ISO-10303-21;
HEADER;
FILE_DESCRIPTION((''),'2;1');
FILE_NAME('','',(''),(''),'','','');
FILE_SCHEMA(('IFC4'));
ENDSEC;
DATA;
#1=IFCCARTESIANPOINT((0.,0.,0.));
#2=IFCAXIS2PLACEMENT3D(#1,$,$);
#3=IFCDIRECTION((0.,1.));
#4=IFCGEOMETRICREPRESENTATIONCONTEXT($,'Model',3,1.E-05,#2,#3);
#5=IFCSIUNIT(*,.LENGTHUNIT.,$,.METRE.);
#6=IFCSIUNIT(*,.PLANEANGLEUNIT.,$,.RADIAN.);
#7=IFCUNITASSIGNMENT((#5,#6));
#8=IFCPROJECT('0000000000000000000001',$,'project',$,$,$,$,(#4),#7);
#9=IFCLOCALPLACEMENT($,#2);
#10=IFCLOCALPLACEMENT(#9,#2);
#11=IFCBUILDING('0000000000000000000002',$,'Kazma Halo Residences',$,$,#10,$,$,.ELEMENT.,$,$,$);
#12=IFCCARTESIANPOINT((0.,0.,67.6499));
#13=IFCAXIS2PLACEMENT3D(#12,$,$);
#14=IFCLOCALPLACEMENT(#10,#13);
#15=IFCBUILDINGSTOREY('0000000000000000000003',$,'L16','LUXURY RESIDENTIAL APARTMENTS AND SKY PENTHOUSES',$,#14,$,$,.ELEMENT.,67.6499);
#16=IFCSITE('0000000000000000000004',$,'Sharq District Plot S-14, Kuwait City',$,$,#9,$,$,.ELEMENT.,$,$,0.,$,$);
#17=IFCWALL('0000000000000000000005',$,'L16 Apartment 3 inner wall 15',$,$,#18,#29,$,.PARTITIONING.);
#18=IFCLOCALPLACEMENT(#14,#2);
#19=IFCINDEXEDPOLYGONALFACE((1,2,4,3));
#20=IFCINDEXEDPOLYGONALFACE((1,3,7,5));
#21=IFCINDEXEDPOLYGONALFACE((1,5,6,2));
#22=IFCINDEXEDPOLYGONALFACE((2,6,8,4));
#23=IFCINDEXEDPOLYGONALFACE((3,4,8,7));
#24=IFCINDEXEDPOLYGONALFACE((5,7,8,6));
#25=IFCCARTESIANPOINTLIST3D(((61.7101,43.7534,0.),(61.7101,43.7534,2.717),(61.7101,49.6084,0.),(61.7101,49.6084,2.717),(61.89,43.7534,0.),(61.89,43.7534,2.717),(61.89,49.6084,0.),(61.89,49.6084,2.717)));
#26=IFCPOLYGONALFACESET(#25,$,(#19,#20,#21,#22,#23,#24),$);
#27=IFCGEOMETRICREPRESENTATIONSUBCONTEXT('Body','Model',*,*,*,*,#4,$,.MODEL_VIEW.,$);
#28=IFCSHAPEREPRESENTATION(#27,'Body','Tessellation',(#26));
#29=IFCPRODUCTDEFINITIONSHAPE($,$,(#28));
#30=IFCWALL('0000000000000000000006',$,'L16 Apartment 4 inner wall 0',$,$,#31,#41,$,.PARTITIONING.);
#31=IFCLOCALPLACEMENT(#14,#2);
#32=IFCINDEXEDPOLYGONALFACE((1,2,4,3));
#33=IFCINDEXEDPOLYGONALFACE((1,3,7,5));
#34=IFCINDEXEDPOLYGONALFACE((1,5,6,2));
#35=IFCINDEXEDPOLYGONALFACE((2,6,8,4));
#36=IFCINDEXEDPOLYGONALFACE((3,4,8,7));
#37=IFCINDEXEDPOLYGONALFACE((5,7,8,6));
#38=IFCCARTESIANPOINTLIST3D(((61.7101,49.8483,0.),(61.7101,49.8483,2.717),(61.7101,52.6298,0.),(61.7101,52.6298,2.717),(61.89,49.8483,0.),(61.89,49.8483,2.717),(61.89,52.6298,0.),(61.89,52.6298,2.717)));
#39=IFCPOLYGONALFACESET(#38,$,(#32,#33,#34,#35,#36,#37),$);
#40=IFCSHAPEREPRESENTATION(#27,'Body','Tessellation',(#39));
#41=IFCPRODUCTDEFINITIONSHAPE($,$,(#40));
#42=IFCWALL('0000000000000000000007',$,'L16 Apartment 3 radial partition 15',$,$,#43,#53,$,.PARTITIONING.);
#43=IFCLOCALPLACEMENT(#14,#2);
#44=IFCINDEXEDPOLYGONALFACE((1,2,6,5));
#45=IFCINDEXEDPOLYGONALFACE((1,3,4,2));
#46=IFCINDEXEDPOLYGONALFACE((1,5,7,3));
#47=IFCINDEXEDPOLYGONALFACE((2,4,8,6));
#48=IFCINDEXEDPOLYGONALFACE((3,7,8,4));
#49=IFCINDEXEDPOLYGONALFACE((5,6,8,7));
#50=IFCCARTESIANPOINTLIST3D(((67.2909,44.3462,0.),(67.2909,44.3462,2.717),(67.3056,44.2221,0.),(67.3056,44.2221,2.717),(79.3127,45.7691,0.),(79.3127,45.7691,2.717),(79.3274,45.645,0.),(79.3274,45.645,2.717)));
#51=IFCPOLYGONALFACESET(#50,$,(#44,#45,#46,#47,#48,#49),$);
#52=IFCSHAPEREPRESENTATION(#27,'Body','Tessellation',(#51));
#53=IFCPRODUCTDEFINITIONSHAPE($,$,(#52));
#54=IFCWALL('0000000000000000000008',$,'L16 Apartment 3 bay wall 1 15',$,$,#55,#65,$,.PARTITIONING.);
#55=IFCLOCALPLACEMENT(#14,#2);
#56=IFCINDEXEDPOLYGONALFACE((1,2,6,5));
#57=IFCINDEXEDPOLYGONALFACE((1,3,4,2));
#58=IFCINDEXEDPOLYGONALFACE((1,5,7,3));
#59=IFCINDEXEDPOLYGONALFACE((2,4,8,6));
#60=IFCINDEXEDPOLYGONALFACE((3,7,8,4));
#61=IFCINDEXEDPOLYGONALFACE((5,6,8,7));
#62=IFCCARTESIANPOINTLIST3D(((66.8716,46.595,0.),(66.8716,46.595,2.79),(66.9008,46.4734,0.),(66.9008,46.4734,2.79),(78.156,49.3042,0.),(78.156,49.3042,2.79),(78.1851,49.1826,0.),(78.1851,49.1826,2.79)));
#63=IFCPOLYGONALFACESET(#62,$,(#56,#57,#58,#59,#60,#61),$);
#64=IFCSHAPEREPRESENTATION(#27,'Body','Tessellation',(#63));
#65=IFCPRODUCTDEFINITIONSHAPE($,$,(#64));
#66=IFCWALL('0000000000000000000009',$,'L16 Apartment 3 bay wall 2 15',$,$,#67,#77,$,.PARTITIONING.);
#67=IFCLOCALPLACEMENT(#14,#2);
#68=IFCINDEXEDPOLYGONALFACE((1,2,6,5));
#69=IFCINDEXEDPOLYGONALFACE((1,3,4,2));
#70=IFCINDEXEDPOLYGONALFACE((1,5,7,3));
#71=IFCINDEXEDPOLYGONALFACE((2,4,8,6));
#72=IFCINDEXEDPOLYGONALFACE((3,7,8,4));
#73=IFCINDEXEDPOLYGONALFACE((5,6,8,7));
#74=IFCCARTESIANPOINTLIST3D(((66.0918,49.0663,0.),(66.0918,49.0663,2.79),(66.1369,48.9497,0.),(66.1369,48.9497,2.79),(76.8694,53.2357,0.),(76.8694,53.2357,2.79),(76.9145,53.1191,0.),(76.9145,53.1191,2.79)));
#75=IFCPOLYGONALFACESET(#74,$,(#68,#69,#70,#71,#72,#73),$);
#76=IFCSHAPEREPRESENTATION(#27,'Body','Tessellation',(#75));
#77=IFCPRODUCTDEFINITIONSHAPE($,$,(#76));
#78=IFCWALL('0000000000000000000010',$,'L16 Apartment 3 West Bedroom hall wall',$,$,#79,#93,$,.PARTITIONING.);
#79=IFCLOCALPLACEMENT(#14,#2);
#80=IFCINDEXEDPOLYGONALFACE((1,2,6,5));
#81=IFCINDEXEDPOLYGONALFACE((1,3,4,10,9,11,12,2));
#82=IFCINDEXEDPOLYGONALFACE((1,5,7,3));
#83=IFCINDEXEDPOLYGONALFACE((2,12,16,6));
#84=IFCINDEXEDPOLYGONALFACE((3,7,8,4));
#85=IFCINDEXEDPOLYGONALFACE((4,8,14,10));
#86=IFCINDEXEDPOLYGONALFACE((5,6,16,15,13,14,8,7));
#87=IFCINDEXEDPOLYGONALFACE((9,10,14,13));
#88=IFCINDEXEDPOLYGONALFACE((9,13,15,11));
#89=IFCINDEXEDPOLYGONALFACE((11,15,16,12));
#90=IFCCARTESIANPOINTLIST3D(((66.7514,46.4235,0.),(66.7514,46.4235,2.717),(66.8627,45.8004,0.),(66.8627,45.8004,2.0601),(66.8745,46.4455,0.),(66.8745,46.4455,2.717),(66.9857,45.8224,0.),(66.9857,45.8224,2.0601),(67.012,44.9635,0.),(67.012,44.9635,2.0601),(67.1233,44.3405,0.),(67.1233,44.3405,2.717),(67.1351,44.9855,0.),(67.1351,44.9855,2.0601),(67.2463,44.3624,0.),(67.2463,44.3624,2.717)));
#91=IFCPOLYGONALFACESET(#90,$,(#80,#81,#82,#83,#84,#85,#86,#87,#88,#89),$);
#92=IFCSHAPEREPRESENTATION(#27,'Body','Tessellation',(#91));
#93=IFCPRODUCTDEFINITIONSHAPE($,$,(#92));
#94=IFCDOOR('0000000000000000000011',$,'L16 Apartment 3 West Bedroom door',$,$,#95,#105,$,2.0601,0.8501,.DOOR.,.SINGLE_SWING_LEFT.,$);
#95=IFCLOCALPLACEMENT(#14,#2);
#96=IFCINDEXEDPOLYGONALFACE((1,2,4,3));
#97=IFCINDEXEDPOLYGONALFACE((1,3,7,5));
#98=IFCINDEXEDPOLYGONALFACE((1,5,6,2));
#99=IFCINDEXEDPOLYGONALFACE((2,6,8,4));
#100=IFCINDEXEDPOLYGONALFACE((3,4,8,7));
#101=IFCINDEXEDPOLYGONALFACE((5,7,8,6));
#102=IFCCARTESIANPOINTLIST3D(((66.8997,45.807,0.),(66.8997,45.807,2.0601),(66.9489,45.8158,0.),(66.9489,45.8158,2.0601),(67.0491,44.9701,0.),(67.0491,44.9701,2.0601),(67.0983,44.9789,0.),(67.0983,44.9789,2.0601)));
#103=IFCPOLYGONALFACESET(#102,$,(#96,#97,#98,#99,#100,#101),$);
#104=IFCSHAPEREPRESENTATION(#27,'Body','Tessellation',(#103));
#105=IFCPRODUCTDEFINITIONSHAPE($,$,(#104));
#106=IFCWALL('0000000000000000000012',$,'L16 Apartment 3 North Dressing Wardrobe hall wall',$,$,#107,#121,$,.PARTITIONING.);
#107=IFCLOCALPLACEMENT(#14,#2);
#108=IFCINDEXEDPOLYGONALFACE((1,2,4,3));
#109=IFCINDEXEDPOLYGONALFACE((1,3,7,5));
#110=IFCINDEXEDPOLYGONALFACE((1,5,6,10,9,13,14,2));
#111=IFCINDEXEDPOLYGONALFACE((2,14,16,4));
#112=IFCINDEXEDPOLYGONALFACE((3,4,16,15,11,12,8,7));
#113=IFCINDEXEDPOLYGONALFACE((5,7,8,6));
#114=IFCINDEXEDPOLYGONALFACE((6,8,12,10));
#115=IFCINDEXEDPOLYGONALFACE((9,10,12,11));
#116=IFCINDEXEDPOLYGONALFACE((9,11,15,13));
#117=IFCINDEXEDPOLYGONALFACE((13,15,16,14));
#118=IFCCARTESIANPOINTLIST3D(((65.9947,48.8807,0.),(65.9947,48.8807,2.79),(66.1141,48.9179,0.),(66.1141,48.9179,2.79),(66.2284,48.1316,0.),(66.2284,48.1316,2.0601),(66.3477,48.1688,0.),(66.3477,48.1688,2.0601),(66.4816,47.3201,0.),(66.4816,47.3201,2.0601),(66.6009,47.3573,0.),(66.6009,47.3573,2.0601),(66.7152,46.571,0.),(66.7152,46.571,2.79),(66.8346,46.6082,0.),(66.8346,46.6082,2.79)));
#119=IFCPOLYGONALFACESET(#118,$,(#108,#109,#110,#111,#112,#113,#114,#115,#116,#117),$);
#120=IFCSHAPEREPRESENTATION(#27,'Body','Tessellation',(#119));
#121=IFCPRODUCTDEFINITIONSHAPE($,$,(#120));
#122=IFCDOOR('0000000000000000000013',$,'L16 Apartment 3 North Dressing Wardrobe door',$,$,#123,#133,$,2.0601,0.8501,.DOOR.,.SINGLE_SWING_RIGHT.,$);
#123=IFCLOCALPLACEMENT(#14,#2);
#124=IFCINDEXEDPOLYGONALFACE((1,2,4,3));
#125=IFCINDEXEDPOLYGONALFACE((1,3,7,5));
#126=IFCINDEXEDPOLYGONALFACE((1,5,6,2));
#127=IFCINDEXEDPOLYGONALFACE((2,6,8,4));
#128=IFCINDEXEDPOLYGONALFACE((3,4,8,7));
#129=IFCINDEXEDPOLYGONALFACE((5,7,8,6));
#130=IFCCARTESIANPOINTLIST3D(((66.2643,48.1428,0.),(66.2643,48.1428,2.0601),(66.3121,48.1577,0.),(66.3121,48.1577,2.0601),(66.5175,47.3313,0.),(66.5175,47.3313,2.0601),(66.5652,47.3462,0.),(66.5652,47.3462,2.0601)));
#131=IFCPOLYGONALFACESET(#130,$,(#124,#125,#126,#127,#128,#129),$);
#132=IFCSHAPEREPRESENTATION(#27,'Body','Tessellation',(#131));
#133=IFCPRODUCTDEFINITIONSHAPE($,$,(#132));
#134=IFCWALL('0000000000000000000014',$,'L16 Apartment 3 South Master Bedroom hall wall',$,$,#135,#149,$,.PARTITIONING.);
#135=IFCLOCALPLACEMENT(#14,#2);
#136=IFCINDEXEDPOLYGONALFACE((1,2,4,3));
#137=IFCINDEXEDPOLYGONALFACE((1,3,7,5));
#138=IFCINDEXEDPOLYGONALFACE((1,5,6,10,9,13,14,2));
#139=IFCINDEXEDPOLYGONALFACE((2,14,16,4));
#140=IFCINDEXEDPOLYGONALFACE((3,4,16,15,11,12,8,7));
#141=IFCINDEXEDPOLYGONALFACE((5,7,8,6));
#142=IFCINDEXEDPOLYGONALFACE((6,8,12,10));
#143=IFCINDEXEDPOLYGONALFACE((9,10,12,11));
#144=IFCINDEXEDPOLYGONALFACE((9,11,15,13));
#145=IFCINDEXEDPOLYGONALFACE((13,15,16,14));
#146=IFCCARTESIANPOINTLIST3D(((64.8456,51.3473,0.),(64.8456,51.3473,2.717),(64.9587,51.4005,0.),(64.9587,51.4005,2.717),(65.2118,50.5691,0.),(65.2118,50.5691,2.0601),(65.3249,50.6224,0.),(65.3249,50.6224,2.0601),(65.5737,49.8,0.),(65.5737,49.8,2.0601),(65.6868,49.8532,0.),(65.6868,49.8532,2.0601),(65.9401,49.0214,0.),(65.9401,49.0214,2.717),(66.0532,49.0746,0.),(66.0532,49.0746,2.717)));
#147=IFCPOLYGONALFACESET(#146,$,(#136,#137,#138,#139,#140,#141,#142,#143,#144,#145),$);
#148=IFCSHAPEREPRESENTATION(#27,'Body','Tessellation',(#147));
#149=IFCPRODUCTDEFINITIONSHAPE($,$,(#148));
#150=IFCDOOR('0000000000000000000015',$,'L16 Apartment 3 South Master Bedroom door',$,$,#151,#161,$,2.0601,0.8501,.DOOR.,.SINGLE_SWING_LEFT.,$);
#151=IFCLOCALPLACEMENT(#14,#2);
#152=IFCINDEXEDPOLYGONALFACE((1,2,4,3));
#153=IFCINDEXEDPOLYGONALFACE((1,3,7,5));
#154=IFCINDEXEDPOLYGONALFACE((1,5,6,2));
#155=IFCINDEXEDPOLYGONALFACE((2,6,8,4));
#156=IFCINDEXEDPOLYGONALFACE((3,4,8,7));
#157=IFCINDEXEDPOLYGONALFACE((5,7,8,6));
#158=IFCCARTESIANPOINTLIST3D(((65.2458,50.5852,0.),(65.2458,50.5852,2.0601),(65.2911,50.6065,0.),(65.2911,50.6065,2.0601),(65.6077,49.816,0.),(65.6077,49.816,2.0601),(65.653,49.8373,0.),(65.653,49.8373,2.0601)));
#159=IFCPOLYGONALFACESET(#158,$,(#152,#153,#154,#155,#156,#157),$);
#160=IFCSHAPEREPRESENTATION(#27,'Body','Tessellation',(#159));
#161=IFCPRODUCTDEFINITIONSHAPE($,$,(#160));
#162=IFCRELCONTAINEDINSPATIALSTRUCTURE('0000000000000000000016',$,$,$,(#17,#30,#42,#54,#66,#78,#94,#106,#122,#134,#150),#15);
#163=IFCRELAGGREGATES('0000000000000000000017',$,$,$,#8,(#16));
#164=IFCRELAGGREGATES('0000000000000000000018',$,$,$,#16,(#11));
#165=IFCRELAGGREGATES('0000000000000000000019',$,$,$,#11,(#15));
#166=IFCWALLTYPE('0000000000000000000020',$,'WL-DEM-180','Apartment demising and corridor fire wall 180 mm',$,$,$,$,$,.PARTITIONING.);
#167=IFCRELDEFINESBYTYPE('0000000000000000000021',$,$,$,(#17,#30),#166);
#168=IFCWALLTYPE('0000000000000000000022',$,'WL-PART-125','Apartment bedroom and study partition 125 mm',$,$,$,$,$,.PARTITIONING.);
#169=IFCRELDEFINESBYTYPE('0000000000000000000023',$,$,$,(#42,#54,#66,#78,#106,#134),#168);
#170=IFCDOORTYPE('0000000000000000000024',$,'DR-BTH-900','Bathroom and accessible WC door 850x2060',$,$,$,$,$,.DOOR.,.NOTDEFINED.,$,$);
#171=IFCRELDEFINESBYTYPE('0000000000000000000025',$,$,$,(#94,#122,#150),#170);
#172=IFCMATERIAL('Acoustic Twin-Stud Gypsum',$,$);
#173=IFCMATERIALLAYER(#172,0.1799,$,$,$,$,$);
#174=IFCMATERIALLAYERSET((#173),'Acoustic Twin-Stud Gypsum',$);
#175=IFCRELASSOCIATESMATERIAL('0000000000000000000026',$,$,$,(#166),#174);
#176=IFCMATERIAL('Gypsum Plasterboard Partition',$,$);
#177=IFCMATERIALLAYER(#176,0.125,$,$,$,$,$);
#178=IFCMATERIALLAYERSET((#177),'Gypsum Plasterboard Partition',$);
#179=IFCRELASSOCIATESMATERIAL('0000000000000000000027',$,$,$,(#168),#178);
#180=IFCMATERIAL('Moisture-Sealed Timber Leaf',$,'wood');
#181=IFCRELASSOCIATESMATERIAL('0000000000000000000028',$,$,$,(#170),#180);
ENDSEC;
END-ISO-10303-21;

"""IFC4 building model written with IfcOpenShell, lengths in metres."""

from ifc_helpers import new_model, si_unit, direction, frame, frame_2d, origin, place, context, subcontext, project, spatial, rectangle, extrude, material, layer, layer_set, type_object, element, fill, save


model = new_model("IFC4")

# Units and contexts
model_context = context("Model", 3, precision=1e-05, world=origin(), true_north=direction((0.0, 1.0)))
body_context = subcontext(model_context, "Body", "Model", "MODEL_VIEW")
ifc_project = project(units=[si_unit("LENGTHUNIT", "METRE"), si_unit("PLANEANGLEUNIT", "RADIAN")], contexts=[model_context])

# Site, building, storey
site_placement = place(None, origin())
site = spatial("IfcSite", under=ifc_project, at=site_placement, Name="Sharq District Plot S-14, Kuwait City", CompositionType="ELEMENT", RefElevation=0.0)
building_placement = place(site_placement, origin())
building = spatial("IfcBuilding", under=site, at=building_placement, Name="Kazma Halo Residences", CompositionType="ELEMENT")
storey_placement = place(building_placement, frame((0.0, 0.0, 67.6499)))
storey = spatial("IfcBuildingStorey", under=building, at=storey_placement, Name="L16", Description="LUXURY RESIDENTIAL APARTMENTS AND SKY PENTHOUSES", CompositionType="ELEMENT", Elevation=67.6499)

# Walls
ifc_material_1 = material(Name="Acoustic Twin-Stud Gypsum")
ifc_layer_1 = layer(ifc_material_1, 0.1799)
ifc_layer_set_1 = layer_set([ifc_layer_1], Name="Acoustic Twin-Stud Gypsum")
wall_type_1 = type_object("IfcWallType", Name="WL-DEM-180", Description="Apartment demising and corridor fire wall 180 mm", PredefinedType="PARTITIONING", material=ifc_layer_set_1)
wall_1_placement = place(storey_placement, frame((61.8, 43.7534, 0.0), z_axis=(0.0, 0.0, 1.0), x_axis=(0.0, 1.0, 0.0)))
element("IfcWall", 1, at=wall_1_placement, inside=storey, type_object=wall_type_1, Name="L16 Apartment 3 inner wall 15", PredefinedType="PARTITIONING", context=body_context, shape_type="SweptSolid", body=[
    extrude(rectangle(XDim=5.855, YDim=0.1799, at=frame_2d((2.9275, 0.0))), origin(), (0.0, 0.0, 1.0), 2.717),
])
wall_2_placement = place(storey_placement, frame((61.8, 49.8484, 0.0), z_axis=(0.0, 0.0, 1.0), x_axis=(0.0, 1.0, 0.0)))
element("IfcWall", 2, at=wall_2_placement, inside=storey, type_object=wall_type_1, Name="L16 Apartment 4 inner wall 0", PredefinedType="PARTITIONING", context=body_context, shape_type="SweptSolid", body=[
    extrude(rectangle(XDim=2.7815, YDim=0.1799, at=frame_2d((1.3906, 0.0))), origin(), (0.0, 0.0, 1.0), 2.717),
])
ifc_material_2 = material(Name="Gypsum Plasterboard Partition")
ifc_layer_2 = layer(ifc_material_2, 0.125)
ifc_layer_set_2 = layer_set([ifc_layer_2], Name="Gypsum Plasterboard Partition")
wall_type_2 = type_object("IfcWallType", Name="WL-PART-125", Description="Apartment bedroom and study partition 125 mm", PredefinedType="PARTITIONING", material=ifc_layer_set_2)
wall_3_placement = place(storey_placement, frame((67.2983, 44.2842, 0.0), z_axis=(0.0, 0.0, 1.0), x_axis=(0.993069, 0.117536, 0.0)))
element("IfcWall", 3, at=wall_3_placement, inside=storey, type_object=wall_type_2, Name="L16 Apartment 3 radial partition 15", PredefinedType="PARTITIONING", context=body_context, shape_type="SweptSolid", body=[
    extrude(rectangle(XDim=12.1057, YDim=0.125, at=frame_2d((6.0527, 0.0))), origin(), (0.0, 0.0, 1.0), 2.717),
])
wall_4_placement = place(storey_placement, frame((66.8862, 46.5342, 0.0), z_axis=(0.0, 0.0, 1.0), x_axis=(0.972368, 0.233452, 0.0)))
element("IfcWall", 4, at=wall_4_placement, inside=storey, type_object=wall_type_2, Name="L16 Apartment 3 bay wall 1 15", PredefinedType="PARTITIONING", context=body_context, shape_type="SweptSolid", body=[
    extrude(rectangle(XDim=11.605, YDim=0.125, at=frame_2d((5.8025, 0.0))), origin(), (0.0, 0.0, 1.0), 2.79),
])
wall_5_placement = place(storey_placement, frame((66.1145, 49.0081, 0.0), z_axis=(0.0, 0.0, 1.0), x_axis=(0.932642, 0.360803, 0.0)))
element("IfcWall", 5, at=wall_5_placement, inside=storey, type_object=wall_type_2, Name="L16 Apartment 3 bay wall 2 15", PredefinedType="PARTITIONING", context=body_context, shape_type="SweptSolid", body=[
    extrude(rectangle(XDim=11.5559, YDim=0.125, at=frame_2d((5.7778, 0.0))), origin(), (0.0, 0.0, 1.0), 2.79),
])

# Walls, openings, doors
wall_6_placement = place(storey_placement, frame((67.1848, 44.3513, 0.0), z_axis=(0.0, 0.0, 1.0), x_axis=(-0.175727, 0.984439, 0.0)))
wall_6 = element("IfcWall", 6, at=wall_6_placement, inside=storey, type_object=wall_type_2, Name="L16 Apartment 3 West Bedroom hall wall", PredefinedType="PARTITIONING", context=body_context, shape_type="SweptSolid", body=[
    extrude(rectangle(XDim=2.116, YDim=0.125, at=frame_2d((1.0581, 0.0))), origin(), (0.0, 0.0, 1.0), 2.717),
])
opening_1_placement = place(wall_6_placement, frame((0.6331, 0.0, 0.0)))
opening_1 = element("IfcOpeningElement", 7, at=opening_1_placement, cuts=wall_6, PredefinedType="OPENING", context=body_context, shape_type="SweptSolid", body=[
    extrude(rectangle(XDim=0.8501, YDim=2.0601, at=frame_2d((0.425, 1.03))), frame((0.0, 0.0725, 0.0), z_axis=(0.0, -1.0, 0.0), x_axis=(1.0, 0.0, 0.0)), (0.0, 0.0, 1.0), 0.145),
])
ifc_material_3 = material(Name="Moisture-Sealed Timber Leaf", Category="wood")
door_type = type_object("IfcDoorType", Name="DR-BTH-900", Description="Bathroom and accessible WC door 850x2060", OperationType="NOTDEFINED", PredefinedType="DOOR", material=ifc_material_3)
door_1_placement = place(opening_1_placement, origin())
door_1 = element("IfcDoor", 8, at=door_1_placement, inside=storey, type_object=door_type, Name="L16 Apartment 3 West Bedroom door", OperationType="SINGLE_SWING_LEFT", OverallHeight=2.0601, OverallWidth=0.8501, PredefinedType="DOOR", context=body_context, shape_type="SweptSolid", body=[
    extrude(rectangle(XDim=0.8501, YDim=2.0601, at=frame_2d((0.425, 1.03))), frame((0.0, 0.0249, 0.0), z_axis=(0.0, -1.0, 0.0), x_axis=(1.0, 0.0, 0.0)), (0.0, 0.0, 1.0), 0.05),
])
fill(opening_1, door_1)
wall_7_placement = place(storey_placement, frame((66.7749, 46.5896, 0.0), z_axis=(0.0, 0.0, 1.0), x_axis=(-0.297792, 0.954631, 0.0)))
wall_7 = element("IfcWall", 9, at=wall_7_placement, inside=storey, type_object=wall_type_2, Name="L16 Apartment 3 North Dressing Wardrobe hall wall", PredefinedType="PARTITIONING", context=body_context, shape_type="SweptSolid", body=[
    extrude(rectangle(XDim=2.4194, YDim=0.125, at=frame_2d((1.2097, 0.0))), origin(), (0.0, 0.0, 1.0), 2.79),
])
opening_2_placement = place(wall_7_placement, frame((0.7847, 0.0, 0.0)))
opening_2 = element("IfcOpeningElement", 10, at=opening_2_placement, cuts=wall_7, PredefinedType="OPENING", context=body_context, shape_type="SweptSolid", body=[
    extrude(rectangle(XDim=0.8501, YDim=2.0601, at=frame_2d((0.425, 1.03))), frame((0.0, 0.0725, 0.0), z_axis=(0.0, -1.0, 0.0), x_axis=(1.0, 0.0, 0.0)), (0.0, 0.0, 1.0), 0.145),
])
door_2_placement = place(opening_2_placement, origin())
door_2 = element("IfcDoor", 11, at=door_2_placement, inside=storey, type_object=door_type, Name="L16 Apartment 3 North Dressing Wardrobe door", OperationType="SINGLE_SWING_RIGHT", OverallHeight=2.0601, OverallWidth=0.8501, PredefinedType="DOOR", context=body_context, shape_type="SweptSolid", body=[
    extrude(rectangle(XDim=0.8501, YDim=2.0601, at=frame_2d((0.425, 1.03))), frame((0.0, 0.0249, 0.0), z_axis=(0.0, -1.0, 0.0), x_axis=(1.0, 0.0, 0.0)), (0.0, 0.0, 1.0), 0.05),
])
fill(opening_2, door_2)
wall_8_placement = place(storey_placement, frame((65.9966, 49.0481, 0.0), z_axis=(0.0, 0.0, 1.0), x_axis=(-0.425774, 0.904829, 0.0)))
wall_8 = element("IfcWall", 12, at=wall_8_placement, inside=storey, type_object=wall_type_2, Name="L16 Apartment 3 South Master Bedroom hall wall", PredefinedType="PARTITIONING", context=body_context, shape_type="SweptSolid", body=[
    extrude(rectangle(XDim=2.5706, YDim=0.125, at=frame_2d((1.2852, 0.0))), origin(), (0.0, 0.0, 1.0), 2.717),
])
opening_3_placement = place(wall_8_placement, frame((0.8604, 0.0, 0.0)))
opening_3 = element("IfcOpeningElement", 13, at=opening_3_placement, cuts=wall_8, PredefinedType="OPENING", context=body_context, shape_type="SweptSolid", body=[
    extrude(rectangle(XDim=0.8501, YDim=2.0601, at=frame_2d((0.425, 1.03))), frame((0.0, 0.0725, 0.0), z_axis=(0.0, -1.0, 0.0), x_axis=(1.0, 0.0, 0.0)), (0.0, 0.0, 1.0), 0.145),
])
door_3_placement = place(opening_3_placement, origin())
door_3 = element("IfcDoor", 14, at=door_3_placement, inside=storey, type_object=door_type, Name="L16 Apartment 3 South Master Bedroom door", OperationType="SINGLE_SWING_LEFT", OverallHeight=2.0601, OverallWidth=0.8501, PredefinedType="DOOR", context=body_context, shape_type="SweptSolid", body=[
    extrude(rectangle(XDim=0.8501, YDim=2.0601, at=frame_2d((0.425, 1.03))), frame((0.0, 0.0249, 0.0), z_axis=(0.0, -1.0, 0.0), x_axis=(1.0, 0.0, 0.0)), (0.0, 0.0, 1.0), 0.05),
])
fill(opening_3, door_3)

save(model, "model.ifc")
